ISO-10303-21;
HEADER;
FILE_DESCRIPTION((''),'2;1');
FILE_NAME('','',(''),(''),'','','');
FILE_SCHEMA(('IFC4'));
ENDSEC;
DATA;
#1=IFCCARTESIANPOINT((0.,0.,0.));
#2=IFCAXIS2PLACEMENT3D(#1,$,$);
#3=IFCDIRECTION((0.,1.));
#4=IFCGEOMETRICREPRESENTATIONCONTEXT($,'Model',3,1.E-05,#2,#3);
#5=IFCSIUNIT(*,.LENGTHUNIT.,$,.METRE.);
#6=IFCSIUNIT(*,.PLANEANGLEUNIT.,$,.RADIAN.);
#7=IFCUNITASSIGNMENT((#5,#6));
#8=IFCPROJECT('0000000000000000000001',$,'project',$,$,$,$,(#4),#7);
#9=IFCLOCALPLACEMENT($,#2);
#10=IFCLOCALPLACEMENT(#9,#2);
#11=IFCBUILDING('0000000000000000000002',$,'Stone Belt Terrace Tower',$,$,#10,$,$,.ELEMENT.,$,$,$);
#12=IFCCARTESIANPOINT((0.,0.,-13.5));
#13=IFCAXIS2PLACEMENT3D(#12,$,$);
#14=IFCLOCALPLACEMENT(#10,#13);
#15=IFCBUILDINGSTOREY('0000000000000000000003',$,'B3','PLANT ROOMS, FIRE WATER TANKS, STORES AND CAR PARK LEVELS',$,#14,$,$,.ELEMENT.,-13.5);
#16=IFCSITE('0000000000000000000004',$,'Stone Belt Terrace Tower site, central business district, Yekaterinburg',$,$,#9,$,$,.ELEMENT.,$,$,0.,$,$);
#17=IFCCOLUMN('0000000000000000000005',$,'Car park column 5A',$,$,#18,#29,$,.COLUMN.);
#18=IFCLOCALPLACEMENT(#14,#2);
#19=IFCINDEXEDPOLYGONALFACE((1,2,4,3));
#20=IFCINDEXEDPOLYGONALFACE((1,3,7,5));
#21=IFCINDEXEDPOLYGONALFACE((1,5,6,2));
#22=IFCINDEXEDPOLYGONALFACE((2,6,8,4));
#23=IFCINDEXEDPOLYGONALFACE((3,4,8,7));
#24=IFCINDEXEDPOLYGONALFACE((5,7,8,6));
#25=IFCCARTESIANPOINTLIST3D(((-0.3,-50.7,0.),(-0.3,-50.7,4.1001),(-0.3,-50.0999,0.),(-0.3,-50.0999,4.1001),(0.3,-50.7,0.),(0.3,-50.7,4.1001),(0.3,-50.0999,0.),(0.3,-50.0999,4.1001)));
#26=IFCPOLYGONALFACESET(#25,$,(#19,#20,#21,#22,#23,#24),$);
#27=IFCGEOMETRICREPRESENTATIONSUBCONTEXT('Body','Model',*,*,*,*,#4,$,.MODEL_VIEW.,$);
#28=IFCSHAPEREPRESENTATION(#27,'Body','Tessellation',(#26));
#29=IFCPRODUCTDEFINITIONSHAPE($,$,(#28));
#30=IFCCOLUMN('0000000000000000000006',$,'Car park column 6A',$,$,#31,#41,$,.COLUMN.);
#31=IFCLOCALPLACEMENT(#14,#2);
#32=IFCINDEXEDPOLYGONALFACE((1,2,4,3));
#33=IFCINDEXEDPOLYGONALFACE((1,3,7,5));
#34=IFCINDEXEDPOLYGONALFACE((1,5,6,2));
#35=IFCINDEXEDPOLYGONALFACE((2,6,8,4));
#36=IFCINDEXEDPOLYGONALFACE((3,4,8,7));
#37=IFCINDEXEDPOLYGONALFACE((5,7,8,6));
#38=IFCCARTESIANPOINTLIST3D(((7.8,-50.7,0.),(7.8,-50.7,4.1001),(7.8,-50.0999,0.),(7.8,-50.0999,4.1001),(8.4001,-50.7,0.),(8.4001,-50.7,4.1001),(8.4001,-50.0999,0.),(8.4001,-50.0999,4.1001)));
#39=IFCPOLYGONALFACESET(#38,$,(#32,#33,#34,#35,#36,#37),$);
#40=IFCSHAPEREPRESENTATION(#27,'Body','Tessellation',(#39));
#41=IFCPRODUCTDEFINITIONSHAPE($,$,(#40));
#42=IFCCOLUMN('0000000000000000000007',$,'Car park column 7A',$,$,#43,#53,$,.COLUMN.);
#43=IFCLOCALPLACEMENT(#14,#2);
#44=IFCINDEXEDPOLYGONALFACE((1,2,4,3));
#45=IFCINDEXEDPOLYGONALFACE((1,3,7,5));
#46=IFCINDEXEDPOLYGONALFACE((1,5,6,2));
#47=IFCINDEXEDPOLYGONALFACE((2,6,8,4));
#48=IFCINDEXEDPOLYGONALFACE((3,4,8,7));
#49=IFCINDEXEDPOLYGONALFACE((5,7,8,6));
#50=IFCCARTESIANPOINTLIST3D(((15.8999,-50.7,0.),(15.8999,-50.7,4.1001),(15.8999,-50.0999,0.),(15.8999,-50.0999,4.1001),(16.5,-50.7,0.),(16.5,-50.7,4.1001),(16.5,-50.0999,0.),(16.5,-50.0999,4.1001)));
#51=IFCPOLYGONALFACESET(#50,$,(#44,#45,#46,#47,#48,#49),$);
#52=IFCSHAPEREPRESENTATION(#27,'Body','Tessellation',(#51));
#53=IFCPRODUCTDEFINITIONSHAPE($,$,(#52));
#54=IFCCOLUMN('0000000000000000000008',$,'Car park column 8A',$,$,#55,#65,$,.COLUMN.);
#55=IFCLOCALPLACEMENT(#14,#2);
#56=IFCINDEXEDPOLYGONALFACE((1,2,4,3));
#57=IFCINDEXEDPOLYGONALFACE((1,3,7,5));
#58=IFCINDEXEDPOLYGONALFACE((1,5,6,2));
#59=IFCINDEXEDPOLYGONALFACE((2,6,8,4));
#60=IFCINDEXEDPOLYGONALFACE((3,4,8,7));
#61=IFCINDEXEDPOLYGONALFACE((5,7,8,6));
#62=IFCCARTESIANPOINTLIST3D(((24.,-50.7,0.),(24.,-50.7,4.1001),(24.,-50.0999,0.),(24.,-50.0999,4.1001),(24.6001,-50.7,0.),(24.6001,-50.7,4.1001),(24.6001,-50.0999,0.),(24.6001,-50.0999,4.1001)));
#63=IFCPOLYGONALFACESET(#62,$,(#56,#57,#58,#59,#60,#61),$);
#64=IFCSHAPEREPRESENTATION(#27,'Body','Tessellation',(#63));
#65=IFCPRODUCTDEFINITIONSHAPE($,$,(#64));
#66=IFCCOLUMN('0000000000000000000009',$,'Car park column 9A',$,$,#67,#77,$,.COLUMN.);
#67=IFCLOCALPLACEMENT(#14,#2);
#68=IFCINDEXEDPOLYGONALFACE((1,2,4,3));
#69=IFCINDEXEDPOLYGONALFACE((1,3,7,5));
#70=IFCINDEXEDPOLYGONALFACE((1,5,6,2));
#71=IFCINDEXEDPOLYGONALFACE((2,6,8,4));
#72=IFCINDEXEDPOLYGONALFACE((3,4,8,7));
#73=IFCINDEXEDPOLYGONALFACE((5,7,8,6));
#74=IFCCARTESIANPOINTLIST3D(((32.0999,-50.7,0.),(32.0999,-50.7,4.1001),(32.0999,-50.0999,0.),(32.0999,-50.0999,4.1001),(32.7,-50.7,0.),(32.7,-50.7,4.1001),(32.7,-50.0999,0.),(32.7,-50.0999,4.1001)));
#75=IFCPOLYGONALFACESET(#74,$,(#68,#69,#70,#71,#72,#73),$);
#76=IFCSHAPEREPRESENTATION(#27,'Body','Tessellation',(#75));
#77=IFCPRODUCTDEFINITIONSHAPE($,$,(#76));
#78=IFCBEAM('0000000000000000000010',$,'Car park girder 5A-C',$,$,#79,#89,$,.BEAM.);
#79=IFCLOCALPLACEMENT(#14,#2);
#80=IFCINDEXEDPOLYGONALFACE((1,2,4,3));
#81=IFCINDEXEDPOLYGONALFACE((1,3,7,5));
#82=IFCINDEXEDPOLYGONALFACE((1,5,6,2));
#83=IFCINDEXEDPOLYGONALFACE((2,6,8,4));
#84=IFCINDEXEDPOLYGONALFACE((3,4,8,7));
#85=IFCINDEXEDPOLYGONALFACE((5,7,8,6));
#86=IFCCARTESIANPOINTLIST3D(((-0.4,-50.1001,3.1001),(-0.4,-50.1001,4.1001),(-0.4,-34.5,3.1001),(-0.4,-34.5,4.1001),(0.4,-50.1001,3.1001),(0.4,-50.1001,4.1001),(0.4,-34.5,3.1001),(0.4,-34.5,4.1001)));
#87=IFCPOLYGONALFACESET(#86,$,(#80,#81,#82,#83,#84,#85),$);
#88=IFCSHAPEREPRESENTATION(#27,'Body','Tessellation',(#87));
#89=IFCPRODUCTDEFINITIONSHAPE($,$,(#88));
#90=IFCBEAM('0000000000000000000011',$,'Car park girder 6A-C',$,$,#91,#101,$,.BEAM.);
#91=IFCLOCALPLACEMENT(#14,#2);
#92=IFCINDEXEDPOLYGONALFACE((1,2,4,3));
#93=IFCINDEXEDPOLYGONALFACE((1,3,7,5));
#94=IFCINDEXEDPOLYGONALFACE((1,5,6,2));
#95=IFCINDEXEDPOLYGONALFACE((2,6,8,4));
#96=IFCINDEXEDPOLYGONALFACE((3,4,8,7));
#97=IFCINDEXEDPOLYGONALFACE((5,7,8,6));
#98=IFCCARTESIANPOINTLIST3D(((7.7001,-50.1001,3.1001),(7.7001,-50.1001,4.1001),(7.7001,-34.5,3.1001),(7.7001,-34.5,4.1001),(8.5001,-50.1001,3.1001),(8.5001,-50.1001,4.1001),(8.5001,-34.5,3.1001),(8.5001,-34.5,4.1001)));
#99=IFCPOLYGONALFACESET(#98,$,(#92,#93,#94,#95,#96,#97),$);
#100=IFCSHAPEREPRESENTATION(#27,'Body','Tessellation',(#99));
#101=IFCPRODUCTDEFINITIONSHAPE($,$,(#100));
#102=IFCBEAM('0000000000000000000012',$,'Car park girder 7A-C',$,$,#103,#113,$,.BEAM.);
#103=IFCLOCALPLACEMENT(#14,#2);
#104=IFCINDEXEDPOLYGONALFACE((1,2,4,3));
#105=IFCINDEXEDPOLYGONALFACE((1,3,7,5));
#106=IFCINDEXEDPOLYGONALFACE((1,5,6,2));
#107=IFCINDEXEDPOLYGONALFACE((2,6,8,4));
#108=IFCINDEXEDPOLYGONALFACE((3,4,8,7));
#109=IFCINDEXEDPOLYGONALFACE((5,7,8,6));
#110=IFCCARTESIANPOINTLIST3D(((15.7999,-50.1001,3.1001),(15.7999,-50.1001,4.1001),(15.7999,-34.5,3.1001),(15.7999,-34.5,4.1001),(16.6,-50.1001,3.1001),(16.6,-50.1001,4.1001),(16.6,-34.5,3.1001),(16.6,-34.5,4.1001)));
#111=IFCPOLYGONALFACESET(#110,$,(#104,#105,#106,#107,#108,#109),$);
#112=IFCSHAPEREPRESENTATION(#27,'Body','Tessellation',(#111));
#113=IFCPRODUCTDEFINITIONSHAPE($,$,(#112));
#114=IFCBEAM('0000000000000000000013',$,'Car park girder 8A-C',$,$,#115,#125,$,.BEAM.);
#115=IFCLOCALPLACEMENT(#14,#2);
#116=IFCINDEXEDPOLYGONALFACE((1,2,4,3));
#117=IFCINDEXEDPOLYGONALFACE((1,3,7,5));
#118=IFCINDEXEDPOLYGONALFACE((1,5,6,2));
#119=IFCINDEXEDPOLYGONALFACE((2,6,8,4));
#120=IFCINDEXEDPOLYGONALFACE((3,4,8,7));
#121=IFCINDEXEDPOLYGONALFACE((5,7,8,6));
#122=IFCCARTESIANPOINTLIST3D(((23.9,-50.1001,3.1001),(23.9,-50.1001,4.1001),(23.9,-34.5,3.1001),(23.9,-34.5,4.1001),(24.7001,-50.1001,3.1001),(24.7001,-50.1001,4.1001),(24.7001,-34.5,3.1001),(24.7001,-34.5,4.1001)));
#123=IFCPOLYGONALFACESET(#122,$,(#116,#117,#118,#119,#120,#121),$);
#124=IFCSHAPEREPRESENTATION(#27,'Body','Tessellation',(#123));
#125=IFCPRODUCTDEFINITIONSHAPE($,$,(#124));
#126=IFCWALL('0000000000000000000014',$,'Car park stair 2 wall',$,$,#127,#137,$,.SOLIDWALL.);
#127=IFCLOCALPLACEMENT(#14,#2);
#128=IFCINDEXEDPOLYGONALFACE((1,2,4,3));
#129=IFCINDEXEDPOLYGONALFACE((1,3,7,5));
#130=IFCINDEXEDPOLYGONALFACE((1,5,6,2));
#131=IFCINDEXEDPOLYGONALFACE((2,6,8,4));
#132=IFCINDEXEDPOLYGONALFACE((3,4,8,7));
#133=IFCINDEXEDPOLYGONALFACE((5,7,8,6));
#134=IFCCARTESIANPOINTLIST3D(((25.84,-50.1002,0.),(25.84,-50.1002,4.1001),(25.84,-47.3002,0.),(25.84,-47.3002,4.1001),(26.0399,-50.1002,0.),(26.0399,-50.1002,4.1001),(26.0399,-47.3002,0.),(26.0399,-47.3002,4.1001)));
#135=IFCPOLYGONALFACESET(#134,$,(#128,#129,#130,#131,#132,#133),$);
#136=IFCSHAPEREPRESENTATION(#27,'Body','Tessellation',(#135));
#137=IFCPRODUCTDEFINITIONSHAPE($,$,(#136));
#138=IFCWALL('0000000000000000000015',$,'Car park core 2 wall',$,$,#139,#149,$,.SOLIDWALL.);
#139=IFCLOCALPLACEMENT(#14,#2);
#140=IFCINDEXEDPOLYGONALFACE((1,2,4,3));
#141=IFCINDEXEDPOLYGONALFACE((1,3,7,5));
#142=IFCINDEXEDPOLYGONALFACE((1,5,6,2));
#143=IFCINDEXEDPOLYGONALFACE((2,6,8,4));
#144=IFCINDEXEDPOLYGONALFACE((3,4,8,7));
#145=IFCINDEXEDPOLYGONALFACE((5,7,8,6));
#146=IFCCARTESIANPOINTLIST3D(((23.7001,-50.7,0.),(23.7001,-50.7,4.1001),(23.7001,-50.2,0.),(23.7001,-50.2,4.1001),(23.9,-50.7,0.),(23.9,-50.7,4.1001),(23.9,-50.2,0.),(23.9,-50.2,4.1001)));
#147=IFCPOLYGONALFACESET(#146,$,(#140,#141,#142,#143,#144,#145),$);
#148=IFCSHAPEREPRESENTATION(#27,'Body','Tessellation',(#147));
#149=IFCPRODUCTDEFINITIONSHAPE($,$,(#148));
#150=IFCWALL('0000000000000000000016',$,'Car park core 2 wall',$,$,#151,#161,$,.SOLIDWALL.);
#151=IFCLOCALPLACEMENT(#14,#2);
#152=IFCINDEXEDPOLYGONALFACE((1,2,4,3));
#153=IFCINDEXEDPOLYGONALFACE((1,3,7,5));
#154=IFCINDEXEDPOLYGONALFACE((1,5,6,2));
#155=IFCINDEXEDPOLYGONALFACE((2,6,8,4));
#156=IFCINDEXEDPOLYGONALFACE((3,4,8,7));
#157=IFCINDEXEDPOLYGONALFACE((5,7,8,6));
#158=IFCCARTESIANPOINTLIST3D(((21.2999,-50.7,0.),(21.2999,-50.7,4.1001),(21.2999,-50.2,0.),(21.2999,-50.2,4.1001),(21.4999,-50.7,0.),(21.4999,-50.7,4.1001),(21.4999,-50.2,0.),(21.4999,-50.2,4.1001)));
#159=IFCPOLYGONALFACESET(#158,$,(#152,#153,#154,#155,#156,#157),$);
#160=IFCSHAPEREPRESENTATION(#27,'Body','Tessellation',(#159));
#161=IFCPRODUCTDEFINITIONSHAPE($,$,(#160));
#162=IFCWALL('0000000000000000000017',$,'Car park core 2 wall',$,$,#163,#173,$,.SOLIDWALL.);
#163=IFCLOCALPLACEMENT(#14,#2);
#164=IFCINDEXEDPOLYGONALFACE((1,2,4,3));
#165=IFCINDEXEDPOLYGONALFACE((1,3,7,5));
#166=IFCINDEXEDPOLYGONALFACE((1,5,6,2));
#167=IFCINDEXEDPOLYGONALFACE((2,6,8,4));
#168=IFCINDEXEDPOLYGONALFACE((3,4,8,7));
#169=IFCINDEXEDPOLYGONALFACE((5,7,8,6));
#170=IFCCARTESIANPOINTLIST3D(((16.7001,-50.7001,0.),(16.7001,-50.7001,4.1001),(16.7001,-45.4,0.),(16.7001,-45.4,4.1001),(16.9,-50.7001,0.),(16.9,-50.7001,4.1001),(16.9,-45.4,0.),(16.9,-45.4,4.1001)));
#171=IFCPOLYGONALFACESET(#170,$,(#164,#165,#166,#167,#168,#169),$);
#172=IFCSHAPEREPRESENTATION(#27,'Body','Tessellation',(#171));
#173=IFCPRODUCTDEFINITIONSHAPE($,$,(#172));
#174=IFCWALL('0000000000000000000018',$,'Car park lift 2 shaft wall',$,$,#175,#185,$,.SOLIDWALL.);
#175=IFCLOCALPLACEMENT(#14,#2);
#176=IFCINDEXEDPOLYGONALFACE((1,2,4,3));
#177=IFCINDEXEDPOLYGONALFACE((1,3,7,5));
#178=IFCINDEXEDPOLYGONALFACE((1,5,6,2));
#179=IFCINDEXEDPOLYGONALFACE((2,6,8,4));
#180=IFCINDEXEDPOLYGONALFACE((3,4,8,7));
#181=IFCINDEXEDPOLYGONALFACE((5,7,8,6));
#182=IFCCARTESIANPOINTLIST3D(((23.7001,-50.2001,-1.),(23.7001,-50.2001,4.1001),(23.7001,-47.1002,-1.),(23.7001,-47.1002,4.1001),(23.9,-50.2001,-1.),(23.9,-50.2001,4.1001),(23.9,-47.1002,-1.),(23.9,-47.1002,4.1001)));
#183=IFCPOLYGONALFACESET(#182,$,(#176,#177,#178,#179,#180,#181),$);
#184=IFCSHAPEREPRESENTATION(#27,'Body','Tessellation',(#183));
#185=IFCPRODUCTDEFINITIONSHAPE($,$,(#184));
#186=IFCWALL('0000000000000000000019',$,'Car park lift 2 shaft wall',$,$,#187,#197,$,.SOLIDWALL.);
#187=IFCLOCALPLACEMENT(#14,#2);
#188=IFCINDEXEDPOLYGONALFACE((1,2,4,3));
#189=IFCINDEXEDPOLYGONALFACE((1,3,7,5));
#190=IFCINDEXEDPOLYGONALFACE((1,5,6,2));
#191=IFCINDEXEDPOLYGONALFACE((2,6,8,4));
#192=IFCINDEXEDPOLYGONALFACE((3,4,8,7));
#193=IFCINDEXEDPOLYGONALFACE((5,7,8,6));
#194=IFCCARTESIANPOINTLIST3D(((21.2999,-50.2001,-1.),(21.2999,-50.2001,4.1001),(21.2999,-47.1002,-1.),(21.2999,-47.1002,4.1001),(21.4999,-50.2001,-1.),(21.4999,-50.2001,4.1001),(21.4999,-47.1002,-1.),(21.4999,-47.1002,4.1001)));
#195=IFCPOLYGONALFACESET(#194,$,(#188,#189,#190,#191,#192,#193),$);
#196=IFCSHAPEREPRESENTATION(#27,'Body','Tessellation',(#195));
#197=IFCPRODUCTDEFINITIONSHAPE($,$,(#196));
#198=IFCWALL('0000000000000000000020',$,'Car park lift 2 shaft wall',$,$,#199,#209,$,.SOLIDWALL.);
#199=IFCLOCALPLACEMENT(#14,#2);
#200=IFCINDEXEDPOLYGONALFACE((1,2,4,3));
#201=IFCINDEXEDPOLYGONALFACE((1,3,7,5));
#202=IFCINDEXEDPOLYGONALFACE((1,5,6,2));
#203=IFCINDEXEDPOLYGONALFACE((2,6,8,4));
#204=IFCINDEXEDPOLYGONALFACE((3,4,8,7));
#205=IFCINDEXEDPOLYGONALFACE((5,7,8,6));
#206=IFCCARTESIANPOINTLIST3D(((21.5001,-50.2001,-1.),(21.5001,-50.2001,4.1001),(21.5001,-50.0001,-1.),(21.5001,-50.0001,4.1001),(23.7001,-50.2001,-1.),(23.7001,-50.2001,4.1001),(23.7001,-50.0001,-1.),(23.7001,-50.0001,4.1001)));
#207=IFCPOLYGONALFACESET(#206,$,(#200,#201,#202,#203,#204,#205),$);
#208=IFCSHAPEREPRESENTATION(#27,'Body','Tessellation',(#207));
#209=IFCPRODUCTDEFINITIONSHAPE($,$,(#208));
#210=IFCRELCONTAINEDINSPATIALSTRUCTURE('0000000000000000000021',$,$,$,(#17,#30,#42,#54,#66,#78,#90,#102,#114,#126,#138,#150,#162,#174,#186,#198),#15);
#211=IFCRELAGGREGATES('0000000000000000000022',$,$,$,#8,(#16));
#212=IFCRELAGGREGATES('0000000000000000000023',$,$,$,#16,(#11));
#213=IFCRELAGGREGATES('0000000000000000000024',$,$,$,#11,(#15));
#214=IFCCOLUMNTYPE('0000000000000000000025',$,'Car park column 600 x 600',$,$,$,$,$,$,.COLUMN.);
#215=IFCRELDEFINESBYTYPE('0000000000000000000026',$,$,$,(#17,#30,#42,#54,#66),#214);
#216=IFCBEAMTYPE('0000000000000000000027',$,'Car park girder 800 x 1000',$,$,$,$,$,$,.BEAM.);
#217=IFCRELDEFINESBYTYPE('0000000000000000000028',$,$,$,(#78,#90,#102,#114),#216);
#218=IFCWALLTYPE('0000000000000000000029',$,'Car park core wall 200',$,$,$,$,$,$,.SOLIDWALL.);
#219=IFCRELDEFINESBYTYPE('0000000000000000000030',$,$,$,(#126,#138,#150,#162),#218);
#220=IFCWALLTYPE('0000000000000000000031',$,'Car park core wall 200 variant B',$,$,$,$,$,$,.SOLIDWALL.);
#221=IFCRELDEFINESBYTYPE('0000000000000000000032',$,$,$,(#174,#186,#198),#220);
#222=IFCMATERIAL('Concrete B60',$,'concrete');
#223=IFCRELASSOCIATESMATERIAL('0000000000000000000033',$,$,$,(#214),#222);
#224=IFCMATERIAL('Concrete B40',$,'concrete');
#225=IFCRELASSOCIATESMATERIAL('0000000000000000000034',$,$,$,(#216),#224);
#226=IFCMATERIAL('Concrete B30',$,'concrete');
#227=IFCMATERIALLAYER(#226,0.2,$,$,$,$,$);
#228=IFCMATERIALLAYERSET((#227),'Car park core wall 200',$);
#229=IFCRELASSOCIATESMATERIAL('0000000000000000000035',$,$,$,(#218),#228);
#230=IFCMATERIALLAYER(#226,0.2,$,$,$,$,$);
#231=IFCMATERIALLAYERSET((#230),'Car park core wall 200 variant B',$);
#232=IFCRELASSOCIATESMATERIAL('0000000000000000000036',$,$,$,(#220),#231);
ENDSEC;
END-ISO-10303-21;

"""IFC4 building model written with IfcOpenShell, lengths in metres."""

from ifc_helpers import new_model, si_unit, direction, frame, frame_2d, origin, origin_2d, place, context, subcontext, project, spatial, rectangle, extrude, material, layer, layer_set, material_profile, profile_set, type_object, element, save


model = new_model("IFC4")

# Units and contexts
model_context = context("Model", 3, precision=1e-05, world=origin(), true_north=direction((0.0, 1.0)))
body_context = subcontext(model_context, "Body", "Model", "MODEL_VIEW")
ifc_project = project(units=[si_unit("LENGTHUNIT", "METRE"), si_unit("PLANEANGLEUNIT", "RADIAN")], contexts=[model_context])

# Site, building, storey
site_placement = place(None, origin())
site = spatial("IfcSite", under=ifc_project, at=site_placement, Name="Stone Belt Terrace Tower site, central business district, Yekaterinburg", CompositionType="ELEMENT", RefElevation=0.0)
building_placement = place(site_placement, origin())
building = spatial("IfcBuilding", under=site, at=building_placement, Name="Stone Belt Terrace Tower", CompositionType="ELEMENT")
storey_placement = place(building_placement, frame((0.0, 0.0, -13.5)))
storey = spatial("IfcBuildingStorey", under=building, at=storey_placement, Name="B3", Description="PLANT ROOMS, FIRE WATER TANKS, STORES AND CAR PARK LEVELS", CompositionType="ELEMENT", Elevation=-13.5)

# Columns
ifc_material_1 = material(Name="Concrete B60", Category="concrete")
ifc_material_profile_1 = material_profile(ifc_material_1, rectangle(XDim=0.6001, YDim=0.6001, at=origin_2d()), Name="Car park column 600 x 600")
ifc_profile_set_1 = profile_set([ifc_material_profile_1], Name="Concrete B60")
column_type = type_object("IfcColumnType", Name="Car park column 600 x 600", PredefinedType="COLUMN", material=ifc_profile_set_1)
for number, where, z_axis, x_axis, name in (
    (1, (0.0, -50.3999, 0.0), (0.0, 0.0, 1.0), (1.0, 0.0, 0.0), "Car park column 5A"),
    (2, (8.1001, -50.3999, 0.0), (0.0, 0.0, 1.0), (1.0, 0.0, 0.0), "Car park column 6A"),
    (3, (16.2, -50.3999, 0.0), (0.0, 0.0, 1.0), (1.0, 0.0, 0.0), "Car park column 7A"),
    (4, (24.3, -50.3999, 0.0), (0.0, 0.0, 1.0), (1.0, 0.0, 0.0), "Car park column 8A"),
    (5, (32.3999, -50.3999, 0.0), (0.0, 0.0, 1.0), (1.0, 0.0, 0.0), "Car park column 9A"),
):
    element("IfcColumn", number, at=place(storey_placement, frame(where, z_axis=z_axis, x_axis=x_axis)), inside=storey, type_object=column_type, Name=name, PredefinedType="COLUMN", context=body_context, shape_type="SweptSolid", body=[
        extrude(rectangle(XDim=0.6001, YDim=0.6001, at=origin_2d()), origin(), (0.0, 0.0, 1.0), 4.1001),
    ])

# Beams
ifc_material_2 = material(Name="Concrete B40", Category="concrete")
ifc_material_profile_2 = material_profile(ifc_material_2, rectangle(XDim=0.8, YDim=1.0, at=origin_2d()), Name="Car park girder 800 x 1000")
ifc_profile_set_2 = profile_set([ifc_material_profile_2], Name="Concrete B40")
beam_type = type_object("IfcBeamType", Name="Car park girder 800 x 1000", PredefinedType="BEAM", material=ifc_profile_set_2)
for number, where, z_axis, x_axis, name in (
    (6, (0.0, -50.1001, 3.6001), (0.0, 1.0, 0.0), (-1.0, 0.0, 0.0), "Car park girder 5A-C"),
    (7, (8.1001, -50.1001, 3.6001), (0.0, 1.0, 0.0), (-1.0, 0.0, 0.0), "Car park girder 6A-C"),
    (8, (16.2, -50.1001, 3.6001), (0.0, 1.0, 0.0), (-1.0, 0.0, 0.0), "Car park girder 7A-C"),
    (9, (24.3, -50.1001, 3.6001), (0.0, 1.0, 0.0), (-1.0, 0.0, 0.0), "Car park girder 8A-C"),
):
    element("IfcBeam", number, at=place(storey_placement, frame(where, z_axis=z_axis, x_axis=x_axis)), inside=storey, type_object=beam_type, Name=name, PredefinedType="BEAM", context=body_context, shape_type="SweptSolid", body=[
        extrude(rectangle(XDim=0.8, YDim=1.0, at=origin_2d()), origin(), (0.0, 0.0, 1.0), 15.6001),
    ])

# Walls
ifc_material_3 = material(Name="Concrete B30", Category="concrete")
ifc_layer_1 = layer(ifc_material_3, 0.2)
ifc_layer_set_1 = layer_set([ifc_layer_1], Name="Car park core wall 200")
wall_type_1 = type_object("IfcWallType", Name="Car park core wall 200", PredefinedType="SOLIDWALL", material=ifc_layer_set_1)
wall_1_placement = place(storey_placement, frame((25.9399, -50.1001, 0.0), z_axis=(0.0, 0.0, 1.0), x_axis=(0.0, 1.0, 0.0)))
element("IfcWall", 10, at=wall_1_placement, inside=storey, type_object=wall_type_1, Name="Car park stair 2 wall", PredefinedType="SOLIDWALL", context=body_context, shape_type="SweptSolid", body=[
    extrude(rectangle(XDim=2.8, YDim=0.2, at=frame_2d((1.3999, 0.0))), origin(), (0.0, 0.0, 1.0), 4.1001),
])
for number, where, z_axis, x_axis, name in (
    (11, (23.8, -50.7, 0.0), (0.0, 0.0, 1.0), (0.0, 1.0, 0.0), "Car park core 2 wall"),
    (12, (21.3999, -50.7, 0.0), (0.0, 0.0, 1.0), (0.0, 1.0, 0.0), "Car park core 2 wall"),
):
    element("IfcWall", number, at=place(storey_placement, frame(where, z_axis=z_axis, x_axis=x_axis)), inside=storey, type_object=wall_type_1, Name=name, PredefinedType="SOLIDWALL", context=body_context, shape_type="SweptSolid", body=[
        extrude(rectangle(XDim=0.5, YDim=0.2, at=frame_2d((0.25, 0.0))), origin(), (0.0, 0.0, 1.0), 4.1001),
    ])
wall_2_placement = place(storey_placement, frame((16.8, -50.7, 0.0), z_axis=(0.0, 0.0, 1.0), x_axis=(0.0, 1.0, 0.0)))
element("IfcWall", 13, at=wall_2_placement, inside=storey, type_object=wall_type_1, Name="Car park core 2 wall", PredefinedType="SOLIDWALL", context=body_context, shape_type="SweptSolid", body=[
    extrude(rectangle(XDim=5.3, YDim=0.2, at=frame_2d((2.6499, 0.0))), origin(), (0.0, 0.0, 1.0), 4.1001),
])
ifc_layer_2 = layer(ifc_material_3, 0.2)
ifc_layer_set_2 = layer_set([ifc_layer_2], Name="Car park core wall 200 variant B")
wall_type_2 = type_object("IfcWallType", Name="Car park core wall 200 variant B", PredefinedType="SOLIDWALL", material=ifc_layer_set_2)
for number, where, z_axis, x_axis, name in (
    (14, (23.8, -50.2, -1.0), (0.0, 0.0, 1.0), (0.0, 1.0, 0.0), "Car park lift 2 shaft wall"),
    (15, (21.3999, -50.2, -1.0), (0.0, 0.0, 1.0), (0.0, 1.0, 0.0), "Car park lift 2 shaft wall"),
):
    element("IfcWall", number, at=place(storey_placement, frame(where, z_axis=z_axis, x_axis=x_axis)), inside=storey, type_object=wall_type_2, Name=name, PredefinedType="SOLIDWALL", context=body_context, shape_type="SweptSolid", body=[
        extrude(rectangle(XDim=3.0999, YDim=0.2, at=frame_2d((1.5498, 0.0))), origin(), (0.0, 0.0, 1.0), 5.1001),
    ])
wall_3_placement = place(storey_placement, frame((21.5, -50.1001, -1.0), z_axis=(0.0, 0.0, 1.0), x_axis=(1.0, 0.0, 0.0)))
element("IfcWall", 16, at=wall_3_placement, inside=storey, type_object=wall_type_2, Name="Car park lift 2 shaft wall", PredefinedType="SOLIDWALL", context=body_context, shape_type="SweptSolid", body=[
    extrude(rectangle(XDim=2.2, YDim=0.2, at=frame_2d((1.1001, 0.0))), origin(), (0.0, 0.0, 1.0), 5.1001),
])

save(model, "model.ifc")
